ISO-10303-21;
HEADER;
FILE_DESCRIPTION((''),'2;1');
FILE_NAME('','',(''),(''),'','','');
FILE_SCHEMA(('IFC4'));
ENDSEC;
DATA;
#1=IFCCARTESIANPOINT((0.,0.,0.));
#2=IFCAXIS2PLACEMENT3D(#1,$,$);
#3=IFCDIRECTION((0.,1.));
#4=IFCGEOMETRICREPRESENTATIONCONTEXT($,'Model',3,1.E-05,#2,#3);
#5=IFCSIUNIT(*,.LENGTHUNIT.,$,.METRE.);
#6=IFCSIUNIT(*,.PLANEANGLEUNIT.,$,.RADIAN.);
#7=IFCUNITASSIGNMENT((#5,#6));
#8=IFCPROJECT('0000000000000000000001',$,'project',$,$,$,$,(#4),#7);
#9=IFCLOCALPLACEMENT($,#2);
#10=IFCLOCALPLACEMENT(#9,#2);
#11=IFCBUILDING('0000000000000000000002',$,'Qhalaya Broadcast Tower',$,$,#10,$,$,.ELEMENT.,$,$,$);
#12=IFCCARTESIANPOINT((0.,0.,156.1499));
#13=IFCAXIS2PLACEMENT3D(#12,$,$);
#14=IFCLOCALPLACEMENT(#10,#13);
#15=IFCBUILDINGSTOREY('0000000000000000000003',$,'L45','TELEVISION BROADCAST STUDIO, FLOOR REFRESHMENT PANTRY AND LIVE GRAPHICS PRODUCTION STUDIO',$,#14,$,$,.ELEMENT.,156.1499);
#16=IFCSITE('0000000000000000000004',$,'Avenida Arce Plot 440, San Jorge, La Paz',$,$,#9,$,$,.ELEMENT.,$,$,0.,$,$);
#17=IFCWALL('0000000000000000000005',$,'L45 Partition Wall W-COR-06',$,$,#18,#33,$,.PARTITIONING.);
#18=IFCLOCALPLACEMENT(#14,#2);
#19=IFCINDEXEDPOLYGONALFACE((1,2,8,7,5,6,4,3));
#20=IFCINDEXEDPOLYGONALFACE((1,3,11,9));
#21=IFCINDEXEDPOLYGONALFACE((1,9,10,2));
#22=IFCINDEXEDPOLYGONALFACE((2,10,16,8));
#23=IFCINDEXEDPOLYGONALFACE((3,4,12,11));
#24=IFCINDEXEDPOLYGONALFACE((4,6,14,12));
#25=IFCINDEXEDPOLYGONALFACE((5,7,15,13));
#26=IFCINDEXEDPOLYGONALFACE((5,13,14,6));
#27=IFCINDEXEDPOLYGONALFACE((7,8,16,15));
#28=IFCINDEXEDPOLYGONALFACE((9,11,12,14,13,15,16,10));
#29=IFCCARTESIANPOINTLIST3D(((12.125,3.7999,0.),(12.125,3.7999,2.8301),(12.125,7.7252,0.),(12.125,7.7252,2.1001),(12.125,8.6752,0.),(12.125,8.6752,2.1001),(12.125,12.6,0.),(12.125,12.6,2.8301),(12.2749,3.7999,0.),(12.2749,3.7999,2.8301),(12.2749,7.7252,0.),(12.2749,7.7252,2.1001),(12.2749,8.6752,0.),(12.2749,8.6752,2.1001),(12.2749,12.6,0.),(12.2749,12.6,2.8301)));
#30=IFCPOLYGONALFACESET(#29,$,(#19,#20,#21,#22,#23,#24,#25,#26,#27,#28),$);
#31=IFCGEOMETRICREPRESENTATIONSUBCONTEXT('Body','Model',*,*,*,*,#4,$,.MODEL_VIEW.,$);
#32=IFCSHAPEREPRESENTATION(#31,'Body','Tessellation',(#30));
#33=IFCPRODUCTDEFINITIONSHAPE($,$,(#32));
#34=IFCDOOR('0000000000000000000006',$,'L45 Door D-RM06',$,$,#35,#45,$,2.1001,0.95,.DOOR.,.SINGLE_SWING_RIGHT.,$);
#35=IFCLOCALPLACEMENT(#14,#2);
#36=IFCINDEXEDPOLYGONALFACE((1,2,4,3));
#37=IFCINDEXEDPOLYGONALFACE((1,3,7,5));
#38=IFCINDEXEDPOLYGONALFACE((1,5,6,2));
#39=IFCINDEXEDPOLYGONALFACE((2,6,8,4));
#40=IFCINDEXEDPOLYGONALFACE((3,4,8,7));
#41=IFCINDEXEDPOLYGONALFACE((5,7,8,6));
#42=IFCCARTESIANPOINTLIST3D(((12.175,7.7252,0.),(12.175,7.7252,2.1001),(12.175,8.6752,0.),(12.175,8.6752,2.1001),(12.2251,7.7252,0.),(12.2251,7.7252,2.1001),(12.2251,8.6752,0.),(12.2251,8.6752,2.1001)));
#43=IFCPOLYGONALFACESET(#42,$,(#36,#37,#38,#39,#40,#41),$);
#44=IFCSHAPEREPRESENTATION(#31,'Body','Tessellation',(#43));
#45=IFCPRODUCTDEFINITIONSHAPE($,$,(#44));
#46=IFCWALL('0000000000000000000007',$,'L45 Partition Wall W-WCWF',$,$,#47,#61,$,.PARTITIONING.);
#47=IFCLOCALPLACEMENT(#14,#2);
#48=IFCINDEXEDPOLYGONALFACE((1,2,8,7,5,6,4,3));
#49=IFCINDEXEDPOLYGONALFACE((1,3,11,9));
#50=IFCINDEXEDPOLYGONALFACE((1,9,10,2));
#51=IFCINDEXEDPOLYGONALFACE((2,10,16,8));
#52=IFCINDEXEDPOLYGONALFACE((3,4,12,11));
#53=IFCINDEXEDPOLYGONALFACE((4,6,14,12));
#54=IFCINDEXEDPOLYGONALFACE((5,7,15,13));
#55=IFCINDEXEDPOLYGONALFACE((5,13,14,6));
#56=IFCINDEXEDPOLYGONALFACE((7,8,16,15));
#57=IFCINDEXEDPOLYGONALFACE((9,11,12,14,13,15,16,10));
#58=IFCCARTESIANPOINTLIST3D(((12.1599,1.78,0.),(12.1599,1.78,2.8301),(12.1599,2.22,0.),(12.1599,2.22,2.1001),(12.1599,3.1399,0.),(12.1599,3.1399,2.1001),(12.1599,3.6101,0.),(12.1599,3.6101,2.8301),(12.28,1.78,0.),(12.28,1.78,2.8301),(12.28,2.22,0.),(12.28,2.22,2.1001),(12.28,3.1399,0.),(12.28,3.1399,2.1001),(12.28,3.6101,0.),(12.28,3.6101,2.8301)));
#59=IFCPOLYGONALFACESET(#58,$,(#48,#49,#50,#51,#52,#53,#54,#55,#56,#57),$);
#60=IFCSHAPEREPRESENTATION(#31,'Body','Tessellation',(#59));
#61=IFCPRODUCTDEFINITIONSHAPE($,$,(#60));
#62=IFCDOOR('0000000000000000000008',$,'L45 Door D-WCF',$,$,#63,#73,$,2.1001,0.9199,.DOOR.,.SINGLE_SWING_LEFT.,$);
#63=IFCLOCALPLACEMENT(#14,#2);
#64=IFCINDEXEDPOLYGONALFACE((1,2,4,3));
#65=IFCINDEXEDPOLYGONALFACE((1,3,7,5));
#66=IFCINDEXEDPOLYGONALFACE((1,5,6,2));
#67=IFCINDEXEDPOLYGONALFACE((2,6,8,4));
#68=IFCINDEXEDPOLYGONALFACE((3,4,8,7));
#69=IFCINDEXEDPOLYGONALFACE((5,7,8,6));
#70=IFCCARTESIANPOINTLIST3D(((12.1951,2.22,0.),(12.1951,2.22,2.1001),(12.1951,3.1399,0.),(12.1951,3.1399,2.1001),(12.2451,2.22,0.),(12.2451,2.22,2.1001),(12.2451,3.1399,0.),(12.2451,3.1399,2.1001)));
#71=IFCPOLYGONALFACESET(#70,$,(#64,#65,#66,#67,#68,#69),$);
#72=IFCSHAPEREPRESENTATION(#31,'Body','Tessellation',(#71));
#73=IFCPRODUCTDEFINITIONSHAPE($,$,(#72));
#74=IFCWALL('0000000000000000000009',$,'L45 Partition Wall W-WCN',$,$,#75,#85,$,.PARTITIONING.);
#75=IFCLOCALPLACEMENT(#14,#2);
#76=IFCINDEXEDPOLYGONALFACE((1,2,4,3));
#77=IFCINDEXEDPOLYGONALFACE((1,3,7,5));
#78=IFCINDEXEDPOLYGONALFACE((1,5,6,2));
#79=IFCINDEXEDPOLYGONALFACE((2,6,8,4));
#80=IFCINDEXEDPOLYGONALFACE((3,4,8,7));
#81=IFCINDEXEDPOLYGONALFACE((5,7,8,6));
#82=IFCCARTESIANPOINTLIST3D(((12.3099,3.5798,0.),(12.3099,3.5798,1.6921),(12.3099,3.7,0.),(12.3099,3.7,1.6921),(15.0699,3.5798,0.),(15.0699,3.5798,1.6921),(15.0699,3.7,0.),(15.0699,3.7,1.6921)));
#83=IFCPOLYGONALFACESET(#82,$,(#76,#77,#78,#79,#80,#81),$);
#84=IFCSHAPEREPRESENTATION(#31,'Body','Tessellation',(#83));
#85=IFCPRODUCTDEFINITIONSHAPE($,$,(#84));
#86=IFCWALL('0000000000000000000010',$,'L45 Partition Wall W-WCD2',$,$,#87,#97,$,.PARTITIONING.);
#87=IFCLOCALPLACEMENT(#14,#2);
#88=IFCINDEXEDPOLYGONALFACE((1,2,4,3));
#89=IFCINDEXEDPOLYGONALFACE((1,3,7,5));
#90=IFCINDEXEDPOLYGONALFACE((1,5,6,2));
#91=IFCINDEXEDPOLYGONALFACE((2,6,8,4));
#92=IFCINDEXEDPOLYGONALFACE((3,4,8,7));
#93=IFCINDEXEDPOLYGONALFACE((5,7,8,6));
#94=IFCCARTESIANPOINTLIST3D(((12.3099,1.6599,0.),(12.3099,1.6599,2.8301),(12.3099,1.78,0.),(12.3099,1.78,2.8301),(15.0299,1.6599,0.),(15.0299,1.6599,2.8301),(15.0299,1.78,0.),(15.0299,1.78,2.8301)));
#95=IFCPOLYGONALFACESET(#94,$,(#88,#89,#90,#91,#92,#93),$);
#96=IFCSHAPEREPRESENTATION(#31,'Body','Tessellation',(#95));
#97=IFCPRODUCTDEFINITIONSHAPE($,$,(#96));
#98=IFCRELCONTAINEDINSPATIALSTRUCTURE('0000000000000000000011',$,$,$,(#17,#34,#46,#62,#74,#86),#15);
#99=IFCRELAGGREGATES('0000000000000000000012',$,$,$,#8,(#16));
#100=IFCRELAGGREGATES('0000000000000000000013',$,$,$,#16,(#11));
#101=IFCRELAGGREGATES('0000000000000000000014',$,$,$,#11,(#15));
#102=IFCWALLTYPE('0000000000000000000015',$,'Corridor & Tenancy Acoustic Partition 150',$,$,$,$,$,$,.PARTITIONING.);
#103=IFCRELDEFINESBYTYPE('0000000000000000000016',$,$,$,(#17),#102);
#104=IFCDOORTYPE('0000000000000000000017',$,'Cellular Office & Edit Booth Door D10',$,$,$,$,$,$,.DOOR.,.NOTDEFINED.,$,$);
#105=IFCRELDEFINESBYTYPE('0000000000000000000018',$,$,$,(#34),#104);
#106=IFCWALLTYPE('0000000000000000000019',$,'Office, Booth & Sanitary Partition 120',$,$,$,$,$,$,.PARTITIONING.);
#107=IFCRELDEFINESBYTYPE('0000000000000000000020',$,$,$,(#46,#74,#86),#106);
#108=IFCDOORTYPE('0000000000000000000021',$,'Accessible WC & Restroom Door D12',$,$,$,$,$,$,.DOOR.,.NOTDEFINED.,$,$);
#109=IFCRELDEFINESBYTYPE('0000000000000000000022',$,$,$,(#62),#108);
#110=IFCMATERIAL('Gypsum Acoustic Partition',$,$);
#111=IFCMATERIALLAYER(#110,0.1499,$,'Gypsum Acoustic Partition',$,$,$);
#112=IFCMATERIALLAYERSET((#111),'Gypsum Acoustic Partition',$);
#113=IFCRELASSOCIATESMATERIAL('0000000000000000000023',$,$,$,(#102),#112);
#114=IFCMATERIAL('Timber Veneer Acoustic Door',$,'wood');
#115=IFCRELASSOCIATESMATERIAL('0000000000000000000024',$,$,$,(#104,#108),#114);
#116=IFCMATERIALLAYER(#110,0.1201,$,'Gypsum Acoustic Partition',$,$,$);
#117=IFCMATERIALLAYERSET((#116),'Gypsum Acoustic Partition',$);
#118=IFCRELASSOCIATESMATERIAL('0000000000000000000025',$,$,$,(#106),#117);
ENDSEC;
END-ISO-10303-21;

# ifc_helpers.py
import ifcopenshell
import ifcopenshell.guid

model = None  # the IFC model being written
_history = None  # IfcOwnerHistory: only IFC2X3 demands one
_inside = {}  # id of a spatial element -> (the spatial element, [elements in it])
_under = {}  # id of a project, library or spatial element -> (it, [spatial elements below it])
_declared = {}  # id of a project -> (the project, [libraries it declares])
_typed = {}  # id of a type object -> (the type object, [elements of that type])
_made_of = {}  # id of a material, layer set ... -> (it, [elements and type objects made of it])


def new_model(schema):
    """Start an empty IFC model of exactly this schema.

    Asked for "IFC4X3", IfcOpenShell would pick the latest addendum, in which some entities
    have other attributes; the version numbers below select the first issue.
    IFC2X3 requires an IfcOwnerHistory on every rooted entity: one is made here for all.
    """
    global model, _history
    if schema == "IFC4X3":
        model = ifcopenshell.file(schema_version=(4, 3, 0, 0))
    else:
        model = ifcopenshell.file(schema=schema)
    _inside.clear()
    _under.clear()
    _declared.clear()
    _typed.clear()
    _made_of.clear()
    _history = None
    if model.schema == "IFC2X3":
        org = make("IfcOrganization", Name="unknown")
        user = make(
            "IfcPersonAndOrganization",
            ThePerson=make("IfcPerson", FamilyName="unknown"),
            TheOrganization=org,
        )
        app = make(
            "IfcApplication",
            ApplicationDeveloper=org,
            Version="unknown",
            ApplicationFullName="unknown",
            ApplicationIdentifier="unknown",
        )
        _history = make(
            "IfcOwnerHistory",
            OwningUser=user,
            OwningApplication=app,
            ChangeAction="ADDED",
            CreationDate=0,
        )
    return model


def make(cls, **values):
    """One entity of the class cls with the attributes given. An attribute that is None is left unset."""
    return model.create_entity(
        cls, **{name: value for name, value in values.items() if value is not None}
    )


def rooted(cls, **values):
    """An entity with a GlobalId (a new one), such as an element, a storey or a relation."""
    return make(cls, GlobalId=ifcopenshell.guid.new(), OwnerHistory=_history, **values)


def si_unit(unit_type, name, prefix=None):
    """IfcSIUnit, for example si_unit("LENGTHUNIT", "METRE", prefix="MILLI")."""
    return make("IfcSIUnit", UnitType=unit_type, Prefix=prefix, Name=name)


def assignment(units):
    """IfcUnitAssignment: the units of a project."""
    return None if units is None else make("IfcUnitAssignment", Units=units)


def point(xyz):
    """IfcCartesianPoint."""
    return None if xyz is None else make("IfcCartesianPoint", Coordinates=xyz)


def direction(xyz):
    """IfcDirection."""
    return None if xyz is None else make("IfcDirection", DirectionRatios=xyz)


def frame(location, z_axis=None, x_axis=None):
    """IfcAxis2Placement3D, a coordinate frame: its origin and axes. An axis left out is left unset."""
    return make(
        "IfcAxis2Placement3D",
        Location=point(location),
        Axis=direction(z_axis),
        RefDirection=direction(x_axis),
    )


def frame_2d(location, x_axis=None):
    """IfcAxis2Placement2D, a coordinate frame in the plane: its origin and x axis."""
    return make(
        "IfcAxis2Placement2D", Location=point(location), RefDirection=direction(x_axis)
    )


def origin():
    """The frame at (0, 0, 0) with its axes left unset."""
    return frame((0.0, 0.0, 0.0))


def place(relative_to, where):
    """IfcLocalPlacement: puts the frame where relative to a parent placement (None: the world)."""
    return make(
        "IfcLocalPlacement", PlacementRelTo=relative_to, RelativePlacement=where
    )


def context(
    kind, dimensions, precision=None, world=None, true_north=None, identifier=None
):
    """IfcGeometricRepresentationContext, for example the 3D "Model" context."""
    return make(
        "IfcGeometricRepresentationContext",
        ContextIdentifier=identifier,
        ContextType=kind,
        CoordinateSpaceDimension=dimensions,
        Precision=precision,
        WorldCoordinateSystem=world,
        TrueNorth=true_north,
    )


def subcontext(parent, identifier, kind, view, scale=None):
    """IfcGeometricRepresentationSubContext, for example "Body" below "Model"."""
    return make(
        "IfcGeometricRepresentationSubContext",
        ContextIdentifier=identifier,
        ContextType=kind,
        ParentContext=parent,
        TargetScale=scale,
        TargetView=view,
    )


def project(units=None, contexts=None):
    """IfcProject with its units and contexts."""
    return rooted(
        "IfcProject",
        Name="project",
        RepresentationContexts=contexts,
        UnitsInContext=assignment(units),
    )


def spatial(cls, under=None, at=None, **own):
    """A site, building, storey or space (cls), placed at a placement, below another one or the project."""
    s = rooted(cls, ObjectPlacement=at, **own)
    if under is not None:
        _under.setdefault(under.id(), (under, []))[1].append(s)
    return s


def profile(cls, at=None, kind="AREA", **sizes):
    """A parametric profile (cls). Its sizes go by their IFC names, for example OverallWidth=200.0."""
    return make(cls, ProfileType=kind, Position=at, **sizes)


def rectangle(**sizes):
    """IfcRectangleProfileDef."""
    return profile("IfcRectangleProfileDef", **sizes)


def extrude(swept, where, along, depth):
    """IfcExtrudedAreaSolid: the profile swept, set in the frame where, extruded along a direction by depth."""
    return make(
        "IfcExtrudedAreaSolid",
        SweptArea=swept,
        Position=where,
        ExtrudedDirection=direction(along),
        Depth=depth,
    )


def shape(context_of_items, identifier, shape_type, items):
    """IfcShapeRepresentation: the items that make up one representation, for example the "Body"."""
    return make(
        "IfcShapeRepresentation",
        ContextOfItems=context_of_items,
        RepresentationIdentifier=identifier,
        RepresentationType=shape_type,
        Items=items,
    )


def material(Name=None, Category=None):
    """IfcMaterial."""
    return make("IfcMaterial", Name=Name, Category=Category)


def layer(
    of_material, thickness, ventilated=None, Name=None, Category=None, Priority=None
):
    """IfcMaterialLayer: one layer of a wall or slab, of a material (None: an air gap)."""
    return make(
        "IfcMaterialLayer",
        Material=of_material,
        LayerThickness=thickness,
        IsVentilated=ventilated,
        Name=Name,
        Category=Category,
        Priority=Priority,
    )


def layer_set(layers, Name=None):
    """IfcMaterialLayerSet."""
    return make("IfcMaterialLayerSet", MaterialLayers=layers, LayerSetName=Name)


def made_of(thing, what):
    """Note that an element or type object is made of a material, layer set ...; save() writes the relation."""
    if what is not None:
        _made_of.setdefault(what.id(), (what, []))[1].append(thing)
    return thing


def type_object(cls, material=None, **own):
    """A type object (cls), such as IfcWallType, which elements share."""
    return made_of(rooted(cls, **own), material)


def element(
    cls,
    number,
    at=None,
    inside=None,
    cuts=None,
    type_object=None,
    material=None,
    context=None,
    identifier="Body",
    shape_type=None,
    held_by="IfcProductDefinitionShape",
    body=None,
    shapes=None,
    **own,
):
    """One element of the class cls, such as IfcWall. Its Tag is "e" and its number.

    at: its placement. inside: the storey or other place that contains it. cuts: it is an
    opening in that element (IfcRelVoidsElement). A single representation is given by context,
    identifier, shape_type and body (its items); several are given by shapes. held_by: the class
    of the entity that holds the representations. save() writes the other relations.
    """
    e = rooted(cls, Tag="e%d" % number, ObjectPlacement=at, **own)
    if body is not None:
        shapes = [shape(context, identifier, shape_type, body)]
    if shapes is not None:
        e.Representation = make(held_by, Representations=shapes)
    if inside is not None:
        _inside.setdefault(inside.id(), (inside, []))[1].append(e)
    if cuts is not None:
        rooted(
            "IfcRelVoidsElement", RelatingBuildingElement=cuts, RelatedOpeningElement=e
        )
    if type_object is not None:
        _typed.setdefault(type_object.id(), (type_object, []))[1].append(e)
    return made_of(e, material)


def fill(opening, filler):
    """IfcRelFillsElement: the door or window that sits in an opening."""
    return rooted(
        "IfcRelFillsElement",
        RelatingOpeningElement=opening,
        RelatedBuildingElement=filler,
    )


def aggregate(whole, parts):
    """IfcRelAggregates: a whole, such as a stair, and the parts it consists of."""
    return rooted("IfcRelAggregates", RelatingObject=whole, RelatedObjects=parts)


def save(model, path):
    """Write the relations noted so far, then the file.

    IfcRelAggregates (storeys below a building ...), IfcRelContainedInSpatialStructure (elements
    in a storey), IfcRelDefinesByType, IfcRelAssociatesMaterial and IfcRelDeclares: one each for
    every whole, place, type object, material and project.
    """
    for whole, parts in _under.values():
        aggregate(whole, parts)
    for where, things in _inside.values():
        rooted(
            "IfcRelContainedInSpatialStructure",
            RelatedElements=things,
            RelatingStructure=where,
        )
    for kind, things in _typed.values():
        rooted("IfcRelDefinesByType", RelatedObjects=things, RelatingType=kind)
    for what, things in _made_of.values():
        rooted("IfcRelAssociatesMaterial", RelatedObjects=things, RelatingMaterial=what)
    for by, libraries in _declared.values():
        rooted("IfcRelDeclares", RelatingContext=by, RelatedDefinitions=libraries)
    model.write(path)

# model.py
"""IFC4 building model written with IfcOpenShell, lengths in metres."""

from ifc_helpers import new_model, si_unit, direction, frame, frame_2d, origin, place, context, subcontext, project, spatial, rectangle, extrude, material, layer, layer_set, type_object, element, fill, save


model = new_model("IFC4")

# Units and contexts
model_context = context("Model", 3, precision=1e-05, world=origin(), true_north=direction((0.0, 1.0)))
body_context = subcontext(model_context, "Body", "Model", "MODEL_VIEW")
ifc_project = project(units=[si_unit("LENGTHUNIT", "METRE"), si_unit("PLANEANGLEUNIT", "RADIAN")], contexts=[model_context])

# Site, building, storey
site_placement = place(None, origin())
site = spatial("IfcSite", under=ifc_project, at=site_placement, Name="Avenida Arce Plot 440, San Jorge, La Paz", CompositionType="ELEMENT", RefElevation=0.0)
building_placement = place(site_placement, origin())
building = spatial("IfcBuilding", under=site, at=building_placement, Name="Qhalaya Broadcast Tower", CompositionType="ELEMENT")
storey_placement = place(building_placement, frame((0.0, 0.0, 156.1499)))
storey = spatial("IfcBuildingStorey", under=building, at=storey_placement, Name="L45", Description="TELEVISION BROADCAST STUDIO, FLOOR REFRESHMENT PANTRY AND LIVE GRAPHICS PRODUCTION STUDIO", CompositionType="ELEMENT", Elevation=156.1499)

# Walls, openings, doors
ifc_material_1 = material(Name="Gypsum Acoustic Partition")
ifc_layer_1 = layer(ifc_material_1, 0.1499, Name="Gypsum Acoustic Partition")
ifc_layer_set_1 = layer_set([ifc_layer_1], Name="Gypsum Acoustic Partition")
wall_type_1 = type_object("IfcWallType", Name="Corridor & Tenancy Acoustic Partition 150", PredefinedType="PARTITIONING", material=ifc_layer_set_1)
wall_1_placement = place(storey_placement, frame((12.2, 3.8, 0.0), z_axis=(0.0, 0.0, 1.0), x_axis=(0.0, 1.0, 0.0)))
wall_1 = element("IfcWall", 1, at=wall_1_placement, inside=storey, type_object=wall_type_1, Name="L45 Partition Wall W-COR-06", PredefinedType="PARTITIONING", context=body_context, shape_type="SweptSolid", body=[
    extrude(rectangle(XDim=8.8, YDim=0.1499, at=frame_2d((4.3999, 0.0))), origin(), (0.0, 0.0, 1.0), 2.8301),
])
opening_1_placement = place(wall_1_placement, frame((3.925, 0.0, 0.0)))
opening_1 = element("IfcOpeningElement", 2, at=opening_1_placement, cuts=wall_1, PredefinedType="OPENING", context=body_context, shape_type="SweptSolid", body=[
    extrude(rectangle(XDim=0.95, YDim=2.1001, at=frame_2d((0.4751, 1.05))), frame((0.0, 0.0869, 0.0), z_axis=(0.0, -1.0, 0.0), x_axis=(1.0, 0.0, 0.0)), (0.0, 0.0, 1.0), 0.1738),
])
ifc_material_2 = material(Name="Timber Veneer Acoustic Door", Category="wood")
door_type_1 = type_object("IfcDoorType", Name="Cellular Office & Edit Booth Door D10", OperationType="NOTDEFINED", PredefinedType="DOOR", material=ifc_material_2)
door_1_placement = place(opening_1_placement, origin())
door_1 = element("IfcDoor", 3, at=door_1_placement, inside=storey, type_object=door_type_1, Name="L45 Door D-RM06", OperationType="SINGLE_SWING_RIGHT", OverallHeight=2.1001, OverallWidth=0.95, PredefinedType="DOOR", context=body_context, shape_type="SweptSolid", body=[
    extrude(rectangle(XDim=0.95, YDim=2.1001, at=frame_2d((0.4751, 1.05))), frame((0.0, 0.0249, 0.0), z_axis=(0.0, -1.0, 0.0), x_axis=(1.0, 0.0, 0.0)), (0.0, 0.0, 1.0), 0.05),
])
fill(opening_1, door_1)
ifc_layer_2 = layer(ifc_material_1, 0.1201, Name="Gypsum Acoustic Partition")
ifc_layer_set_2 = layer_set([ifc_layer_2], Name="Gypsum Acoustic Partition")
wall_type_2 = type_object("IfcWallType", Name="Office, Booth & Sanitary Partition 120", PredefinedType="PARTITIONING", material=ifc_layer_set_2)
wall_2_placement = place(storey_placement, frame((12.22, 1.78, 0.0), z_axis=(0.0, 0.0, 1.0), x_axis=(0.0, 1.0, 0.0)))
wall_2 = element("IfcWall", 4, at=wall_2_placement, inside=storey, type_object=wall_type_2, Name="L45 Partition Wall W-WCWF", PredefinedType="PARTITIONING", context=body_context, shape_type="SweptSolid", body=[
    extrude(rectangle(XDim=1.8301, YDim=0.1201, at=frame_2d((0.915, 0.0))), origin(), (0.0, 0.0, 1.0), 2.8301),
])
opening_2_placement = place(wall_2_placement, frame((0.4399, 0.0, 0.0)))
opening_2 = element("IfcOpeningElement", 5, at=opening_2_placement, cuts=wall_2, PredefinedType="OPENING", context=body_context, shape_type="SweptSolid", body=[
    extrude(rectangle(XDim=0.9199, YDim=2.1001, at=frame_2d((0.46, 1.05))), frame((0.0, 0.072, 0.0), z_axis=(0.0, -1.0, 0.0), x_axis=(1.0, 0.0, 0.0)), (0.0, 0.0, 1.0), 0.144),
])
door_type_2 = type_object("IfcDoorType", Name="Accessible WC & Restroom Door D12", OperationType="NOTDEFINED", PredefinedType="DOOR", material=ifc_material_2)
door_2_placement = place(opening_2_placement, origin())
door_2 = element("IfcDoor", 6, at=door_2_placement, inside=storey, type_object=door_type_2, Name="L45 Door D-WCF", OperationType="SINGLE_SWING_LEFT", OverallHeight=2.1001, OverallWidth=0.9199, PredefinedType="DOOR", context=body_context, shape_type="SweptSolid", body=[
    extrude(rectangle(XDim=0.9199, YDim=2.1001, at=frame_2d((0.46, 1.05))), frame((0.0, 0.0249, 0.0), z_axis=(0.0, -1.0, 0.0), x_axis=(1.0, 0.0, 0.0)), (0.0, 0.0, 1.0), 0.05),
])
fill(opening_2, door_2)

# Walls
wall_3_placement = place(storey_placement, frame((12.3101, 3.6399, 0.0), z_axis=(0.0, 0.0, 1.0), x_axis=(1.0, 0.0, 0.0)))
element("IfcWall", 7, at=wall_3_placement, inside=storey, type_object=wall_type_2, Name="L45 Partition Wall W-WCN", PredefinedType="PARTITIONING", context=body_context, shape_type="SweptSolid", body=[
    extrude(rectangle(XDim=2.76, YDim=0.1201, at=frame_2d((1.3799, 0.0))), origin(), (0.0, 0.0, 1.0), 1.6921),
])
wall_4_placement = place(storey_placement, frame((12.3101, 1.72, 0.0), z_axis=(0.0, 0.0, 1.0), x_axis=(1.0, 0.0, 0.0)))
element("IfcWall", 8, at=wall_4_placement, inside=storey, type_object=wall_type_2, Name="L45 Partition Wall W-WCD2", PredefinedType="PARTITIONING", context=body_context, shape_type="SweptSolid", body=[
    extrude(rectangle(XDim=2.72, YDim=0.1201, at=frame_2d((1.3599, 0.0))), origin(), (0.0, 0.0, 1.0), 2.8301),
])

save(model, "model.ifc")
